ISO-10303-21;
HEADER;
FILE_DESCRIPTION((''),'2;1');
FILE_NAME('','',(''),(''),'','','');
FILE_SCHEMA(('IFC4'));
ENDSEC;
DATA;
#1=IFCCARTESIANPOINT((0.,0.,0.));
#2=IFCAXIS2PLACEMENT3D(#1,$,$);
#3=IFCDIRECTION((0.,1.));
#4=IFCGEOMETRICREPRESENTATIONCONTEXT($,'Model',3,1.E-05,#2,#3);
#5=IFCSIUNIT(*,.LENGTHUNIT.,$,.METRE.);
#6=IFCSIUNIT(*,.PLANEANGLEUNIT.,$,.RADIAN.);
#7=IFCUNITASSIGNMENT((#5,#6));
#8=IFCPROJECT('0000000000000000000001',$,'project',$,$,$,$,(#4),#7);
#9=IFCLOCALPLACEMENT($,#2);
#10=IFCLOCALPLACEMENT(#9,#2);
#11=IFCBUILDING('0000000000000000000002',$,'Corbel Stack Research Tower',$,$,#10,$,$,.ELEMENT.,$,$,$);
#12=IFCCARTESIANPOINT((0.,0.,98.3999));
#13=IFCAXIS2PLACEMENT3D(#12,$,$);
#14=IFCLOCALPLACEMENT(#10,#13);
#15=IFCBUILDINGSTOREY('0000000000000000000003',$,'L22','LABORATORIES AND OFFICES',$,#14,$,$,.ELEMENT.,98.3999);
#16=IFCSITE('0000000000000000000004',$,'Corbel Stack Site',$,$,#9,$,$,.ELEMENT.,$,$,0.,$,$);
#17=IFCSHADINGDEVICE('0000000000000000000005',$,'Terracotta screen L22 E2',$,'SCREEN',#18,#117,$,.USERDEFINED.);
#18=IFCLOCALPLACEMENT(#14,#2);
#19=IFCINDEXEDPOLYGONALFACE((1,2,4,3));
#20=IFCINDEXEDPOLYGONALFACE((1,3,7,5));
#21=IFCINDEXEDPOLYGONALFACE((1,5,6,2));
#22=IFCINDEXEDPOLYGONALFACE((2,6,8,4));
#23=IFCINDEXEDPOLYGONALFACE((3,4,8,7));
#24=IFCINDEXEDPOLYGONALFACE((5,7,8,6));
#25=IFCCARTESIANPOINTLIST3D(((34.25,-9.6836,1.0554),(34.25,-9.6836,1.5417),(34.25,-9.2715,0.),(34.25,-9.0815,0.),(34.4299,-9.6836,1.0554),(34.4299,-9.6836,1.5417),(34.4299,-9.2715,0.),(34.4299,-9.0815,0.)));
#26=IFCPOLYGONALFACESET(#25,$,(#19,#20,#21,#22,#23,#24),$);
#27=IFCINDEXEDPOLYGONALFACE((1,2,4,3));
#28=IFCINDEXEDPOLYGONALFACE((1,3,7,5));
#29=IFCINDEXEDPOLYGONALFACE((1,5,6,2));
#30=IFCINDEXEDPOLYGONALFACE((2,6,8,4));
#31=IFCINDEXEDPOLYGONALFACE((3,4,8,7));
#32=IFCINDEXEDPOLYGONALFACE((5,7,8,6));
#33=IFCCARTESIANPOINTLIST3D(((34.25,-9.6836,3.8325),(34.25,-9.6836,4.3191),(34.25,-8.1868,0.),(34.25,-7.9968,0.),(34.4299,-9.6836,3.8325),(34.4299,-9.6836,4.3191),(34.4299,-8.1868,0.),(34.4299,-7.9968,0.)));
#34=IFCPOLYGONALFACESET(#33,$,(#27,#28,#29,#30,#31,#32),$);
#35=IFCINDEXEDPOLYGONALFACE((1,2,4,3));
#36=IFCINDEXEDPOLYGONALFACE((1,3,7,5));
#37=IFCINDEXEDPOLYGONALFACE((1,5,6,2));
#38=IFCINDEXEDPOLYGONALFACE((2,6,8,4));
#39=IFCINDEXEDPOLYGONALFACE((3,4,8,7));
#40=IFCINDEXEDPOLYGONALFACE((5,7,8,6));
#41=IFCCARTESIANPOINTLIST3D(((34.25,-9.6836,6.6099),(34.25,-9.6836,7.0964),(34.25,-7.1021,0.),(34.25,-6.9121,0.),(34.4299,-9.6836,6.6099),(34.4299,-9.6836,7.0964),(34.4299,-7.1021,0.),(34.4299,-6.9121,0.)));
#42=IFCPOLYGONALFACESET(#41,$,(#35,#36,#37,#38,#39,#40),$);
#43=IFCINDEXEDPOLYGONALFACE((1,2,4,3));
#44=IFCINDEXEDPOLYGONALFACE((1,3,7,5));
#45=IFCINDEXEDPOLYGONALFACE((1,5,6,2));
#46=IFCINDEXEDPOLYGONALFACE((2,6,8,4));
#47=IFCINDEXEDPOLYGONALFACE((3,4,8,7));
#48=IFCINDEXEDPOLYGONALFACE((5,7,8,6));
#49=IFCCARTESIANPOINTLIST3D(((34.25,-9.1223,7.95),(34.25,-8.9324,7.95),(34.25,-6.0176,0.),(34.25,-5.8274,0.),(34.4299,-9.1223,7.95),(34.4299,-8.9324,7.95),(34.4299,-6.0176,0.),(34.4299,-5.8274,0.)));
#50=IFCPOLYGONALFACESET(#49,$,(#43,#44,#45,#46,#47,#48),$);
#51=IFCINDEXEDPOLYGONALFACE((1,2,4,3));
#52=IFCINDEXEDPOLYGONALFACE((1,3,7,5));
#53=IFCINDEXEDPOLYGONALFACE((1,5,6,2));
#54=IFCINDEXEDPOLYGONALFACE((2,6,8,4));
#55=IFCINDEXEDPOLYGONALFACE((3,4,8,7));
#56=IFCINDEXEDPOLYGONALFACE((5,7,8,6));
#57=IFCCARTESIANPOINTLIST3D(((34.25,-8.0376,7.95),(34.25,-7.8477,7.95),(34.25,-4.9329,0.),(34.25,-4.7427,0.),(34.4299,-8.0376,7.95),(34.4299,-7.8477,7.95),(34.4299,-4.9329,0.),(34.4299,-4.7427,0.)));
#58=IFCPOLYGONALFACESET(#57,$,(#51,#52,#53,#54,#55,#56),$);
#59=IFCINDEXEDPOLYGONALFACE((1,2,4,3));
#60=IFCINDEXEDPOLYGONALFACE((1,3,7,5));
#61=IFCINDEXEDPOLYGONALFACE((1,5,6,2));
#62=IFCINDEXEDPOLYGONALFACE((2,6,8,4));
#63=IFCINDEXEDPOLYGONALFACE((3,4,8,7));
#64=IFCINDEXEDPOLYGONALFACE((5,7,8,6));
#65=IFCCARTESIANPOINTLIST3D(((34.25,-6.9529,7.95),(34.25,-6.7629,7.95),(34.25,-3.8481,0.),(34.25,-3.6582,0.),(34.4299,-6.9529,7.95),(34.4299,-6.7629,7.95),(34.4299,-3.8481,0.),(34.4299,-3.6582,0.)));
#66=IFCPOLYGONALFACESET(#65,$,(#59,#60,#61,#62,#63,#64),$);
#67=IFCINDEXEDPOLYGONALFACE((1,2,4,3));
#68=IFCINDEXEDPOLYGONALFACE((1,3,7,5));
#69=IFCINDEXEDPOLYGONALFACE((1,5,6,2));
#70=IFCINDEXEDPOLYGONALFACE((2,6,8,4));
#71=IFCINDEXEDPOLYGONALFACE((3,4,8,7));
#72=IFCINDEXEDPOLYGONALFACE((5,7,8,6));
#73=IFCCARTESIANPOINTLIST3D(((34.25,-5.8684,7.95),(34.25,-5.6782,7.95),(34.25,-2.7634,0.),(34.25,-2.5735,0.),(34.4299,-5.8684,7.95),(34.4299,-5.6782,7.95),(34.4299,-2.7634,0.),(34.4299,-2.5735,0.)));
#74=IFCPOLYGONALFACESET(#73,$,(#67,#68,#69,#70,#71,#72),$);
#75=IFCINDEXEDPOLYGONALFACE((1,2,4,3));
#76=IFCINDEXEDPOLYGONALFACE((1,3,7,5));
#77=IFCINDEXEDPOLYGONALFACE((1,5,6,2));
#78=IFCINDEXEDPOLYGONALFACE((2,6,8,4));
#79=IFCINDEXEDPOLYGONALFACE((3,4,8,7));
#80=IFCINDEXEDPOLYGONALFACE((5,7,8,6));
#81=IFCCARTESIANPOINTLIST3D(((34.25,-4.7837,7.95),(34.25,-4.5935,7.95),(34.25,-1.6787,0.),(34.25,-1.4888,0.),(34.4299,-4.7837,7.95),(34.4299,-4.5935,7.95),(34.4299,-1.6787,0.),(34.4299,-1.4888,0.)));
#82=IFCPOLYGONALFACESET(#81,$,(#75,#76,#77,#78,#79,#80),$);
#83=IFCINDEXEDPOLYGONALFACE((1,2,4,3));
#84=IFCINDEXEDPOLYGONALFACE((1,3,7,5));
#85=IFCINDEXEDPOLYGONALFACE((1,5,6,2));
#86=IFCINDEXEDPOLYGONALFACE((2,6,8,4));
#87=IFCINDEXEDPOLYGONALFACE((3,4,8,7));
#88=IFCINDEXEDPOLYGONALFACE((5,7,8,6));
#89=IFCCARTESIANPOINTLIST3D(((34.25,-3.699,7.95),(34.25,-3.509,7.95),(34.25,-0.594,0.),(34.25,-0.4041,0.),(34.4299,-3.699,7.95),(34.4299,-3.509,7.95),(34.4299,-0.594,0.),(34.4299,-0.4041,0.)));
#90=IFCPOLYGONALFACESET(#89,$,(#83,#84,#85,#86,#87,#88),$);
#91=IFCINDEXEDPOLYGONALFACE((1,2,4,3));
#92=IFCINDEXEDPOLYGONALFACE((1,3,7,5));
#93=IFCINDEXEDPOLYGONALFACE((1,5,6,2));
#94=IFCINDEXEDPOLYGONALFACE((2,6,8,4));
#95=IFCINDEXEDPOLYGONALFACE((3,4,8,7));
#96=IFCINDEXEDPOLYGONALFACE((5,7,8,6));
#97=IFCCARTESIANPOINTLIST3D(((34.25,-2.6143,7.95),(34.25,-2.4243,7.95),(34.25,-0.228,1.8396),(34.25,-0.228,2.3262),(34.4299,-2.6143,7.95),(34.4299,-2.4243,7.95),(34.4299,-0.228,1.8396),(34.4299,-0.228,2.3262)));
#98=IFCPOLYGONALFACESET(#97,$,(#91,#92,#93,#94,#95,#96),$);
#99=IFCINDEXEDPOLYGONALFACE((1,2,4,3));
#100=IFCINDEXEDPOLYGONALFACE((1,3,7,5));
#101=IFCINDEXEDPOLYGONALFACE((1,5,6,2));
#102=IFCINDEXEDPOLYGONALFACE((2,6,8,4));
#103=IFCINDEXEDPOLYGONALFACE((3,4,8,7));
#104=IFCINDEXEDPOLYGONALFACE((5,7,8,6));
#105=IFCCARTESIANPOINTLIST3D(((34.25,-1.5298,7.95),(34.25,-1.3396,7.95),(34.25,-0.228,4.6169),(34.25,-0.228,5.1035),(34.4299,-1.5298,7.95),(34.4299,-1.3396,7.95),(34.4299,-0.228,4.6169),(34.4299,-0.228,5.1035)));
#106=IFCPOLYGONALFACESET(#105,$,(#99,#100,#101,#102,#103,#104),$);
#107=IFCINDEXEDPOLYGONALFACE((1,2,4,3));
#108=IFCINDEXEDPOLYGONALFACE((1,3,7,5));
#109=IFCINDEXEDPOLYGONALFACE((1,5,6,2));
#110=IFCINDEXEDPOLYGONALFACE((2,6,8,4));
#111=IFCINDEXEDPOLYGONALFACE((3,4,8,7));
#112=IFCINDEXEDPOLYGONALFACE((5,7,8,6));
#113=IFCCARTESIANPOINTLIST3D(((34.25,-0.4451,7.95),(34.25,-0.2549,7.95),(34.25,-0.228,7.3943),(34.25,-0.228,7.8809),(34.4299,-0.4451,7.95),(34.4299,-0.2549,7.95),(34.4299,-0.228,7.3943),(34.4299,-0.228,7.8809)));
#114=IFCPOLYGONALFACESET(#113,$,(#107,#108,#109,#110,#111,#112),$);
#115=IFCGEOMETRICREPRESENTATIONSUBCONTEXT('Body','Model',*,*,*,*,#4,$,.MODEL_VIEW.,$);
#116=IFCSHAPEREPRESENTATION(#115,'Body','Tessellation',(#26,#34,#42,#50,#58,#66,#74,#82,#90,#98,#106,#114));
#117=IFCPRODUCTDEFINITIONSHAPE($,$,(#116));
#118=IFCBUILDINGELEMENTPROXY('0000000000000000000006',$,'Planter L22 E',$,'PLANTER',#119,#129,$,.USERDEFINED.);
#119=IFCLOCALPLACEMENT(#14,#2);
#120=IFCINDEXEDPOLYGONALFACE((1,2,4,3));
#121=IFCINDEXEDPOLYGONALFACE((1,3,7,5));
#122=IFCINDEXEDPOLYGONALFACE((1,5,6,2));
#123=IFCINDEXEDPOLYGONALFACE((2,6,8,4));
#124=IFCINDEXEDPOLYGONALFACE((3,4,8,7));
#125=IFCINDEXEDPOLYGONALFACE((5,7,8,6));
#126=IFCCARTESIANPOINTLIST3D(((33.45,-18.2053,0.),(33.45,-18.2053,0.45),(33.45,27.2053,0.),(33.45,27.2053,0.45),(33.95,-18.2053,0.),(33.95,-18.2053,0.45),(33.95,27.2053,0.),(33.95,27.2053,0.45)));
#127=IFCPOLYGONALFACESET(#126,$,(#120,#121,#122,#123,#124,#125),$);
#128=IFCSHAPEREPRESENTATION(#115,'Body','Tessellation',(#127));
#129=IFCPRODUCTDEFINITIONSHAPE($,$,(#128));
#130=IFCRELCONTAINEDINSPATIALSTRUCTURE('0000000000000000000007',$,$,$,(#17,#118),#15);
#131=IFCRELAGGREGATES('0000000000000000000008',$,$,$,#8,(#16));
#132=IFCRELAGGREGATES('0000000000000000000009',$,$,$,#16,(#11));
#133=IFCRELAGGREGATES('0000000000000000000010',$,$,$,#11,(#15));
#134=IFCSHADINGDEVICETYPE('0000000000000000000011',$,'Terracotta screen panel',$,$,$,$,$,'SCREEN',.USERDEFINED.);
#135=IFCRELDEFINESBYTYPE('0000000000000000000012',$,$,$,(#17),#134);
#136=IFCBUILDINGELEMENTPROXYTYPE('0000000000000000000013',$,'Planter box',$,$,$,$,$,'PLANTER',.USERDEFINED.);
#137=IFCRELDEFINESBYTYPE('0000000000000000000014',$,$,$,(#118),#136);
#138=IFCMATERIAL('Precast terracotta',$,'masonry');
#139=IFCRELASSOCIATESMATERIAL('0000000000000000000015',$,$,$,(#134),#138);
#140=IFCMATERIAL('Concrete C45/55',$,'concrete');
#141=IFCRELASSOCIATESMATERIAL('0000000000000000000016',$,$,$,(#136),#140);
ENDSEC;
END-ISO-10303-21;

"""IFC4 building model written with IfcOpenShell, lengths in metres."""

from ifc_helpers import new_model, si_unit, direction, frame, origin, origin_2d, place, context, subcontext, project, spatial, polyline, rectangle, outline, extrude, source, transform, mapped, material, type_object, element, save


model = new_model("IFC4")

# Units and contexts
model_context = context("Model", 3, precision=1e-05, world=origin(), true_north=direction((0.0, 1.0)))
body_context = subcontext(model_context, "Body", "Model", "MODEL_VIEW")
ifc_project = project(units=[si_unit("LENGTHUNIT", "METRE"), si_unit("PLANEANGLEUNIT", "RADIAN")], contexts=[model_context])

# Site, building, storey
site_placement = place(None, origin())
site = spatial("IfcSite", under=ifc_project, at=site_placement, Name="Corbel Stack Site", CompositionType="ELEMENT", RefElevation=0.0)
building_placement = place(site_placement, origin())
building = spatial("IfcBuilding", under=site, at=building_placement, Name="Corbel Stack Research Tower", CompositionType="ELEMENT")
storey_placement = place(building_placement, frame((0.0, 0.0, 98.3999)))
storey = spatial("IfcBuildingStorey", under=building, at=storey_placement, Name="L22", Description="LABORATORIES AND OFFICES", CompositionType="ELEMENT", Elevation=98.3999)

# Shading device
ifc_material_1 = material(Name="Precast terracotta", Category="masonry")
shading_device_type = type_object("IfcShadingDeviceType", Name="Terracotta screen panel", ElementType="SCREEN", PredefinedType="USERDEFINED", material=ifc_material_1)
shared_shape_1 = source(origin(), body_context, "Body", "SweptSolid", [
    extrude(outline(polyline([(0.6021, 0.0), (0.0, 1.5417), (0.0, 1.0554), (0.4121, 0.0), (0.6021, 0.0)])), frame((0.0, 0.0, 0.0), z_axis=(0.0, -1.0, 0.0), x_axis=(1.0, 0.0, 0.0)), (0.0, 0.0, 1.0), 0.1799),
    extrude(outline(polyline([(1.6868, 0.0), (0.0, 4.3191), (0.0, 3.8325), (1.4968, 0.0), (1.6868, 0.0)])), frame((0.0, 0.0, 0.0), z_axis=(0.0, -1.0, 0.0), x_axis=(1.0, 0.0, 0.0)), (0.0, 0.0, 1.0), 0.1799),
    extrude(outline(polyline([(2.7715, 0.0), (0.0, 7.0964), (0.0, 6.6099), (2.5815, 0.0), (2.7715, 0.0)])), frame((0.0, 0.0, 0.0), z_axis=(0.0, -1.0, 0.0), x_axis=(1.0, 0.0, 0.0)), (0.0, 0.0, 1.0), 0.1799),
    extrude(outline(polyline([(3.8562, 0.0), (0.7512, 7.95), (0.5613, 7.95), (3.666, 0.0), (3.8562, 0.0)])), frame((0.0, 0.0, 0.0), z_axis=(0.0, -1.0, 0.0), x_axis=(1.0, 0.0, 0.0)), (0.0, 0.0, 1.0), 0.1799),
    extrude(outline(polyline([(4.9409, 0.0), (1.8359, 7.95), (1.646, 7.95), (4.7507, 0.0), (4.9409, 0.0)])), frame((0.0, 0.0, 0.0), z_axis=(0.0, -1.0, 0.0), x_axis=(1.0, 0.0, 0.0)), (0.0, 0.0, 1.0), 0.1799),
    extrude(outline(polyline([(6.0254, 0.0), (2.9207, 7.95), (2.7307, 7.95), (5.8354, 0.0), (6.0254, 0.0)])), frame((0.0, 0.0, 0.0), z_axis=(0.0, -1.0, 0.0), x_axis=(1.0, 0.0, 0.0)), (0.0, 0.0, 1.0), 0.1799),
    extrude(outline(polyline([(7.1101, 0.0), (4.0054, 7.95), (3.8152, 7.95), (6.9202, 0.0), (7.1101, 0.0)])), frame((0.0, 0.0, 0.0), z_axis=(0.0, -1.0, 0.0), x_axis=(1.0, 0.0, 0.0)), (0.0, 0.0, 1.0), 0.1799),
    extrude(outline(polyline([(8.1948, 0.0), (5.0901, 7.95), (4.8999, 7.95), (8.0049, 0.0), (8.1948, 0.0)])), frame((0.0, 0.0, 0.0), z_axis=(0.0, -1.0, 0.0), x_axis=(1.0, 0.0, 0.0)), (0.0, 0.0, 1.0), 0.1799),
    extrude(outline(polyline([(9.2795, 0.0), (6.1746, 7.95), (5.9846, 7.95), (9.0896, 0.0), (9.2795, 0.0)])), frame((0.0, 0.0, 0.0), z_axis=(0.0, -1.0, 0.0), x_axis=(1.0, 0.0, 0.0)), (0.0, 0.0, 1.0), 0.1799),
    extrude(outline(polyline([(7.2593, 7.95), (7.0693, 7.95), (9.4556, 1.8396), (9.4556, 2.3262), (7.2593, 7.95)])), frame((0.0, 0.0, 0.0), z_axis=(0.0, -1.0, 0.0), x_axis=(1.0, 0.0, 0.0)), (0.0, 0.0, 1.0), 0.1799),
    extrude(outline(polyline([(8.344, 7.95), (8.1538, 7.95), (9.4556, 4.6169), (9.4556, 5.1035), (8.344, 7.95)])), frame((0.0, 0.0, 0.0), z_axis=(0.0, -1.0, 0.0), x_axis=(1.0, 0.0, 0.0)), (0.0, 0.0, 1.0), 0.1799),
    extrude(outline(polyline([(9.4287, 7.95), (9.2385, 7.95), (9.4556, 7.3943), (9.4556, 7.8809), (9.4287, 7.95)])), frame((0.0, 0.0, 0.0), z_axis=(0.0, -1.0, 0.0), x_axis=(1.0, 0.0, 0.0)), (0.0, 0.0, 1.0), 0.1799),
])
shading_device_1_placement = place(storey_placement, frame((34.25, -9.6836, 0.0), z_axis=(0.0, 0.0, 1.0), x_axis=(0.0, 1.0, 0.0)))
element("IfcShadingDevice", 1, at=shading_device_1_placement, inside=storey, type_object=shading_device_type, Name="Terracotta screen L22 E2", ObjectType="SCREEN", PredefinedType="USERDEFINED", context=body_context, shape_type="MappedRepresentation", body=[
    mapped(shared_shape_1, transform((0.0, 0.0, 0.0))),
])

# Building element proxy
ifc_material_2 = material(Name="Concrete C45/55", Category="concrete")
building_element_proxy_type = type_object("IfcBuildingElementProxyType", Name="Planter box", ElementType="PLANTER", PredefinedType="USERDEFINED", material=ifc_material_2)
proxy_placement = place(storey_placement, frame((33.7, 4.5, 0.0), z_axis=(0.0, 0.0, 1.0), x_axis=(0.0, 1.0, 0.0)))
element("IfcBuildingElementProxy", 2, at=proxy_placement, inside=storey, type_object=building_element_proxy_type, Name="Planter L22 E", ObjectType="PLANTER", PredefinedType="USERDEFINED", context=body_context, shape_type="SweptSolid", body=[
    extrude(rectangle(XDim=45.4106, YDim=0.5, at=origin_2d()), origin(), (0.0, 0.0, 1.0), 0.45),
])

save(model, "model.ifc")
